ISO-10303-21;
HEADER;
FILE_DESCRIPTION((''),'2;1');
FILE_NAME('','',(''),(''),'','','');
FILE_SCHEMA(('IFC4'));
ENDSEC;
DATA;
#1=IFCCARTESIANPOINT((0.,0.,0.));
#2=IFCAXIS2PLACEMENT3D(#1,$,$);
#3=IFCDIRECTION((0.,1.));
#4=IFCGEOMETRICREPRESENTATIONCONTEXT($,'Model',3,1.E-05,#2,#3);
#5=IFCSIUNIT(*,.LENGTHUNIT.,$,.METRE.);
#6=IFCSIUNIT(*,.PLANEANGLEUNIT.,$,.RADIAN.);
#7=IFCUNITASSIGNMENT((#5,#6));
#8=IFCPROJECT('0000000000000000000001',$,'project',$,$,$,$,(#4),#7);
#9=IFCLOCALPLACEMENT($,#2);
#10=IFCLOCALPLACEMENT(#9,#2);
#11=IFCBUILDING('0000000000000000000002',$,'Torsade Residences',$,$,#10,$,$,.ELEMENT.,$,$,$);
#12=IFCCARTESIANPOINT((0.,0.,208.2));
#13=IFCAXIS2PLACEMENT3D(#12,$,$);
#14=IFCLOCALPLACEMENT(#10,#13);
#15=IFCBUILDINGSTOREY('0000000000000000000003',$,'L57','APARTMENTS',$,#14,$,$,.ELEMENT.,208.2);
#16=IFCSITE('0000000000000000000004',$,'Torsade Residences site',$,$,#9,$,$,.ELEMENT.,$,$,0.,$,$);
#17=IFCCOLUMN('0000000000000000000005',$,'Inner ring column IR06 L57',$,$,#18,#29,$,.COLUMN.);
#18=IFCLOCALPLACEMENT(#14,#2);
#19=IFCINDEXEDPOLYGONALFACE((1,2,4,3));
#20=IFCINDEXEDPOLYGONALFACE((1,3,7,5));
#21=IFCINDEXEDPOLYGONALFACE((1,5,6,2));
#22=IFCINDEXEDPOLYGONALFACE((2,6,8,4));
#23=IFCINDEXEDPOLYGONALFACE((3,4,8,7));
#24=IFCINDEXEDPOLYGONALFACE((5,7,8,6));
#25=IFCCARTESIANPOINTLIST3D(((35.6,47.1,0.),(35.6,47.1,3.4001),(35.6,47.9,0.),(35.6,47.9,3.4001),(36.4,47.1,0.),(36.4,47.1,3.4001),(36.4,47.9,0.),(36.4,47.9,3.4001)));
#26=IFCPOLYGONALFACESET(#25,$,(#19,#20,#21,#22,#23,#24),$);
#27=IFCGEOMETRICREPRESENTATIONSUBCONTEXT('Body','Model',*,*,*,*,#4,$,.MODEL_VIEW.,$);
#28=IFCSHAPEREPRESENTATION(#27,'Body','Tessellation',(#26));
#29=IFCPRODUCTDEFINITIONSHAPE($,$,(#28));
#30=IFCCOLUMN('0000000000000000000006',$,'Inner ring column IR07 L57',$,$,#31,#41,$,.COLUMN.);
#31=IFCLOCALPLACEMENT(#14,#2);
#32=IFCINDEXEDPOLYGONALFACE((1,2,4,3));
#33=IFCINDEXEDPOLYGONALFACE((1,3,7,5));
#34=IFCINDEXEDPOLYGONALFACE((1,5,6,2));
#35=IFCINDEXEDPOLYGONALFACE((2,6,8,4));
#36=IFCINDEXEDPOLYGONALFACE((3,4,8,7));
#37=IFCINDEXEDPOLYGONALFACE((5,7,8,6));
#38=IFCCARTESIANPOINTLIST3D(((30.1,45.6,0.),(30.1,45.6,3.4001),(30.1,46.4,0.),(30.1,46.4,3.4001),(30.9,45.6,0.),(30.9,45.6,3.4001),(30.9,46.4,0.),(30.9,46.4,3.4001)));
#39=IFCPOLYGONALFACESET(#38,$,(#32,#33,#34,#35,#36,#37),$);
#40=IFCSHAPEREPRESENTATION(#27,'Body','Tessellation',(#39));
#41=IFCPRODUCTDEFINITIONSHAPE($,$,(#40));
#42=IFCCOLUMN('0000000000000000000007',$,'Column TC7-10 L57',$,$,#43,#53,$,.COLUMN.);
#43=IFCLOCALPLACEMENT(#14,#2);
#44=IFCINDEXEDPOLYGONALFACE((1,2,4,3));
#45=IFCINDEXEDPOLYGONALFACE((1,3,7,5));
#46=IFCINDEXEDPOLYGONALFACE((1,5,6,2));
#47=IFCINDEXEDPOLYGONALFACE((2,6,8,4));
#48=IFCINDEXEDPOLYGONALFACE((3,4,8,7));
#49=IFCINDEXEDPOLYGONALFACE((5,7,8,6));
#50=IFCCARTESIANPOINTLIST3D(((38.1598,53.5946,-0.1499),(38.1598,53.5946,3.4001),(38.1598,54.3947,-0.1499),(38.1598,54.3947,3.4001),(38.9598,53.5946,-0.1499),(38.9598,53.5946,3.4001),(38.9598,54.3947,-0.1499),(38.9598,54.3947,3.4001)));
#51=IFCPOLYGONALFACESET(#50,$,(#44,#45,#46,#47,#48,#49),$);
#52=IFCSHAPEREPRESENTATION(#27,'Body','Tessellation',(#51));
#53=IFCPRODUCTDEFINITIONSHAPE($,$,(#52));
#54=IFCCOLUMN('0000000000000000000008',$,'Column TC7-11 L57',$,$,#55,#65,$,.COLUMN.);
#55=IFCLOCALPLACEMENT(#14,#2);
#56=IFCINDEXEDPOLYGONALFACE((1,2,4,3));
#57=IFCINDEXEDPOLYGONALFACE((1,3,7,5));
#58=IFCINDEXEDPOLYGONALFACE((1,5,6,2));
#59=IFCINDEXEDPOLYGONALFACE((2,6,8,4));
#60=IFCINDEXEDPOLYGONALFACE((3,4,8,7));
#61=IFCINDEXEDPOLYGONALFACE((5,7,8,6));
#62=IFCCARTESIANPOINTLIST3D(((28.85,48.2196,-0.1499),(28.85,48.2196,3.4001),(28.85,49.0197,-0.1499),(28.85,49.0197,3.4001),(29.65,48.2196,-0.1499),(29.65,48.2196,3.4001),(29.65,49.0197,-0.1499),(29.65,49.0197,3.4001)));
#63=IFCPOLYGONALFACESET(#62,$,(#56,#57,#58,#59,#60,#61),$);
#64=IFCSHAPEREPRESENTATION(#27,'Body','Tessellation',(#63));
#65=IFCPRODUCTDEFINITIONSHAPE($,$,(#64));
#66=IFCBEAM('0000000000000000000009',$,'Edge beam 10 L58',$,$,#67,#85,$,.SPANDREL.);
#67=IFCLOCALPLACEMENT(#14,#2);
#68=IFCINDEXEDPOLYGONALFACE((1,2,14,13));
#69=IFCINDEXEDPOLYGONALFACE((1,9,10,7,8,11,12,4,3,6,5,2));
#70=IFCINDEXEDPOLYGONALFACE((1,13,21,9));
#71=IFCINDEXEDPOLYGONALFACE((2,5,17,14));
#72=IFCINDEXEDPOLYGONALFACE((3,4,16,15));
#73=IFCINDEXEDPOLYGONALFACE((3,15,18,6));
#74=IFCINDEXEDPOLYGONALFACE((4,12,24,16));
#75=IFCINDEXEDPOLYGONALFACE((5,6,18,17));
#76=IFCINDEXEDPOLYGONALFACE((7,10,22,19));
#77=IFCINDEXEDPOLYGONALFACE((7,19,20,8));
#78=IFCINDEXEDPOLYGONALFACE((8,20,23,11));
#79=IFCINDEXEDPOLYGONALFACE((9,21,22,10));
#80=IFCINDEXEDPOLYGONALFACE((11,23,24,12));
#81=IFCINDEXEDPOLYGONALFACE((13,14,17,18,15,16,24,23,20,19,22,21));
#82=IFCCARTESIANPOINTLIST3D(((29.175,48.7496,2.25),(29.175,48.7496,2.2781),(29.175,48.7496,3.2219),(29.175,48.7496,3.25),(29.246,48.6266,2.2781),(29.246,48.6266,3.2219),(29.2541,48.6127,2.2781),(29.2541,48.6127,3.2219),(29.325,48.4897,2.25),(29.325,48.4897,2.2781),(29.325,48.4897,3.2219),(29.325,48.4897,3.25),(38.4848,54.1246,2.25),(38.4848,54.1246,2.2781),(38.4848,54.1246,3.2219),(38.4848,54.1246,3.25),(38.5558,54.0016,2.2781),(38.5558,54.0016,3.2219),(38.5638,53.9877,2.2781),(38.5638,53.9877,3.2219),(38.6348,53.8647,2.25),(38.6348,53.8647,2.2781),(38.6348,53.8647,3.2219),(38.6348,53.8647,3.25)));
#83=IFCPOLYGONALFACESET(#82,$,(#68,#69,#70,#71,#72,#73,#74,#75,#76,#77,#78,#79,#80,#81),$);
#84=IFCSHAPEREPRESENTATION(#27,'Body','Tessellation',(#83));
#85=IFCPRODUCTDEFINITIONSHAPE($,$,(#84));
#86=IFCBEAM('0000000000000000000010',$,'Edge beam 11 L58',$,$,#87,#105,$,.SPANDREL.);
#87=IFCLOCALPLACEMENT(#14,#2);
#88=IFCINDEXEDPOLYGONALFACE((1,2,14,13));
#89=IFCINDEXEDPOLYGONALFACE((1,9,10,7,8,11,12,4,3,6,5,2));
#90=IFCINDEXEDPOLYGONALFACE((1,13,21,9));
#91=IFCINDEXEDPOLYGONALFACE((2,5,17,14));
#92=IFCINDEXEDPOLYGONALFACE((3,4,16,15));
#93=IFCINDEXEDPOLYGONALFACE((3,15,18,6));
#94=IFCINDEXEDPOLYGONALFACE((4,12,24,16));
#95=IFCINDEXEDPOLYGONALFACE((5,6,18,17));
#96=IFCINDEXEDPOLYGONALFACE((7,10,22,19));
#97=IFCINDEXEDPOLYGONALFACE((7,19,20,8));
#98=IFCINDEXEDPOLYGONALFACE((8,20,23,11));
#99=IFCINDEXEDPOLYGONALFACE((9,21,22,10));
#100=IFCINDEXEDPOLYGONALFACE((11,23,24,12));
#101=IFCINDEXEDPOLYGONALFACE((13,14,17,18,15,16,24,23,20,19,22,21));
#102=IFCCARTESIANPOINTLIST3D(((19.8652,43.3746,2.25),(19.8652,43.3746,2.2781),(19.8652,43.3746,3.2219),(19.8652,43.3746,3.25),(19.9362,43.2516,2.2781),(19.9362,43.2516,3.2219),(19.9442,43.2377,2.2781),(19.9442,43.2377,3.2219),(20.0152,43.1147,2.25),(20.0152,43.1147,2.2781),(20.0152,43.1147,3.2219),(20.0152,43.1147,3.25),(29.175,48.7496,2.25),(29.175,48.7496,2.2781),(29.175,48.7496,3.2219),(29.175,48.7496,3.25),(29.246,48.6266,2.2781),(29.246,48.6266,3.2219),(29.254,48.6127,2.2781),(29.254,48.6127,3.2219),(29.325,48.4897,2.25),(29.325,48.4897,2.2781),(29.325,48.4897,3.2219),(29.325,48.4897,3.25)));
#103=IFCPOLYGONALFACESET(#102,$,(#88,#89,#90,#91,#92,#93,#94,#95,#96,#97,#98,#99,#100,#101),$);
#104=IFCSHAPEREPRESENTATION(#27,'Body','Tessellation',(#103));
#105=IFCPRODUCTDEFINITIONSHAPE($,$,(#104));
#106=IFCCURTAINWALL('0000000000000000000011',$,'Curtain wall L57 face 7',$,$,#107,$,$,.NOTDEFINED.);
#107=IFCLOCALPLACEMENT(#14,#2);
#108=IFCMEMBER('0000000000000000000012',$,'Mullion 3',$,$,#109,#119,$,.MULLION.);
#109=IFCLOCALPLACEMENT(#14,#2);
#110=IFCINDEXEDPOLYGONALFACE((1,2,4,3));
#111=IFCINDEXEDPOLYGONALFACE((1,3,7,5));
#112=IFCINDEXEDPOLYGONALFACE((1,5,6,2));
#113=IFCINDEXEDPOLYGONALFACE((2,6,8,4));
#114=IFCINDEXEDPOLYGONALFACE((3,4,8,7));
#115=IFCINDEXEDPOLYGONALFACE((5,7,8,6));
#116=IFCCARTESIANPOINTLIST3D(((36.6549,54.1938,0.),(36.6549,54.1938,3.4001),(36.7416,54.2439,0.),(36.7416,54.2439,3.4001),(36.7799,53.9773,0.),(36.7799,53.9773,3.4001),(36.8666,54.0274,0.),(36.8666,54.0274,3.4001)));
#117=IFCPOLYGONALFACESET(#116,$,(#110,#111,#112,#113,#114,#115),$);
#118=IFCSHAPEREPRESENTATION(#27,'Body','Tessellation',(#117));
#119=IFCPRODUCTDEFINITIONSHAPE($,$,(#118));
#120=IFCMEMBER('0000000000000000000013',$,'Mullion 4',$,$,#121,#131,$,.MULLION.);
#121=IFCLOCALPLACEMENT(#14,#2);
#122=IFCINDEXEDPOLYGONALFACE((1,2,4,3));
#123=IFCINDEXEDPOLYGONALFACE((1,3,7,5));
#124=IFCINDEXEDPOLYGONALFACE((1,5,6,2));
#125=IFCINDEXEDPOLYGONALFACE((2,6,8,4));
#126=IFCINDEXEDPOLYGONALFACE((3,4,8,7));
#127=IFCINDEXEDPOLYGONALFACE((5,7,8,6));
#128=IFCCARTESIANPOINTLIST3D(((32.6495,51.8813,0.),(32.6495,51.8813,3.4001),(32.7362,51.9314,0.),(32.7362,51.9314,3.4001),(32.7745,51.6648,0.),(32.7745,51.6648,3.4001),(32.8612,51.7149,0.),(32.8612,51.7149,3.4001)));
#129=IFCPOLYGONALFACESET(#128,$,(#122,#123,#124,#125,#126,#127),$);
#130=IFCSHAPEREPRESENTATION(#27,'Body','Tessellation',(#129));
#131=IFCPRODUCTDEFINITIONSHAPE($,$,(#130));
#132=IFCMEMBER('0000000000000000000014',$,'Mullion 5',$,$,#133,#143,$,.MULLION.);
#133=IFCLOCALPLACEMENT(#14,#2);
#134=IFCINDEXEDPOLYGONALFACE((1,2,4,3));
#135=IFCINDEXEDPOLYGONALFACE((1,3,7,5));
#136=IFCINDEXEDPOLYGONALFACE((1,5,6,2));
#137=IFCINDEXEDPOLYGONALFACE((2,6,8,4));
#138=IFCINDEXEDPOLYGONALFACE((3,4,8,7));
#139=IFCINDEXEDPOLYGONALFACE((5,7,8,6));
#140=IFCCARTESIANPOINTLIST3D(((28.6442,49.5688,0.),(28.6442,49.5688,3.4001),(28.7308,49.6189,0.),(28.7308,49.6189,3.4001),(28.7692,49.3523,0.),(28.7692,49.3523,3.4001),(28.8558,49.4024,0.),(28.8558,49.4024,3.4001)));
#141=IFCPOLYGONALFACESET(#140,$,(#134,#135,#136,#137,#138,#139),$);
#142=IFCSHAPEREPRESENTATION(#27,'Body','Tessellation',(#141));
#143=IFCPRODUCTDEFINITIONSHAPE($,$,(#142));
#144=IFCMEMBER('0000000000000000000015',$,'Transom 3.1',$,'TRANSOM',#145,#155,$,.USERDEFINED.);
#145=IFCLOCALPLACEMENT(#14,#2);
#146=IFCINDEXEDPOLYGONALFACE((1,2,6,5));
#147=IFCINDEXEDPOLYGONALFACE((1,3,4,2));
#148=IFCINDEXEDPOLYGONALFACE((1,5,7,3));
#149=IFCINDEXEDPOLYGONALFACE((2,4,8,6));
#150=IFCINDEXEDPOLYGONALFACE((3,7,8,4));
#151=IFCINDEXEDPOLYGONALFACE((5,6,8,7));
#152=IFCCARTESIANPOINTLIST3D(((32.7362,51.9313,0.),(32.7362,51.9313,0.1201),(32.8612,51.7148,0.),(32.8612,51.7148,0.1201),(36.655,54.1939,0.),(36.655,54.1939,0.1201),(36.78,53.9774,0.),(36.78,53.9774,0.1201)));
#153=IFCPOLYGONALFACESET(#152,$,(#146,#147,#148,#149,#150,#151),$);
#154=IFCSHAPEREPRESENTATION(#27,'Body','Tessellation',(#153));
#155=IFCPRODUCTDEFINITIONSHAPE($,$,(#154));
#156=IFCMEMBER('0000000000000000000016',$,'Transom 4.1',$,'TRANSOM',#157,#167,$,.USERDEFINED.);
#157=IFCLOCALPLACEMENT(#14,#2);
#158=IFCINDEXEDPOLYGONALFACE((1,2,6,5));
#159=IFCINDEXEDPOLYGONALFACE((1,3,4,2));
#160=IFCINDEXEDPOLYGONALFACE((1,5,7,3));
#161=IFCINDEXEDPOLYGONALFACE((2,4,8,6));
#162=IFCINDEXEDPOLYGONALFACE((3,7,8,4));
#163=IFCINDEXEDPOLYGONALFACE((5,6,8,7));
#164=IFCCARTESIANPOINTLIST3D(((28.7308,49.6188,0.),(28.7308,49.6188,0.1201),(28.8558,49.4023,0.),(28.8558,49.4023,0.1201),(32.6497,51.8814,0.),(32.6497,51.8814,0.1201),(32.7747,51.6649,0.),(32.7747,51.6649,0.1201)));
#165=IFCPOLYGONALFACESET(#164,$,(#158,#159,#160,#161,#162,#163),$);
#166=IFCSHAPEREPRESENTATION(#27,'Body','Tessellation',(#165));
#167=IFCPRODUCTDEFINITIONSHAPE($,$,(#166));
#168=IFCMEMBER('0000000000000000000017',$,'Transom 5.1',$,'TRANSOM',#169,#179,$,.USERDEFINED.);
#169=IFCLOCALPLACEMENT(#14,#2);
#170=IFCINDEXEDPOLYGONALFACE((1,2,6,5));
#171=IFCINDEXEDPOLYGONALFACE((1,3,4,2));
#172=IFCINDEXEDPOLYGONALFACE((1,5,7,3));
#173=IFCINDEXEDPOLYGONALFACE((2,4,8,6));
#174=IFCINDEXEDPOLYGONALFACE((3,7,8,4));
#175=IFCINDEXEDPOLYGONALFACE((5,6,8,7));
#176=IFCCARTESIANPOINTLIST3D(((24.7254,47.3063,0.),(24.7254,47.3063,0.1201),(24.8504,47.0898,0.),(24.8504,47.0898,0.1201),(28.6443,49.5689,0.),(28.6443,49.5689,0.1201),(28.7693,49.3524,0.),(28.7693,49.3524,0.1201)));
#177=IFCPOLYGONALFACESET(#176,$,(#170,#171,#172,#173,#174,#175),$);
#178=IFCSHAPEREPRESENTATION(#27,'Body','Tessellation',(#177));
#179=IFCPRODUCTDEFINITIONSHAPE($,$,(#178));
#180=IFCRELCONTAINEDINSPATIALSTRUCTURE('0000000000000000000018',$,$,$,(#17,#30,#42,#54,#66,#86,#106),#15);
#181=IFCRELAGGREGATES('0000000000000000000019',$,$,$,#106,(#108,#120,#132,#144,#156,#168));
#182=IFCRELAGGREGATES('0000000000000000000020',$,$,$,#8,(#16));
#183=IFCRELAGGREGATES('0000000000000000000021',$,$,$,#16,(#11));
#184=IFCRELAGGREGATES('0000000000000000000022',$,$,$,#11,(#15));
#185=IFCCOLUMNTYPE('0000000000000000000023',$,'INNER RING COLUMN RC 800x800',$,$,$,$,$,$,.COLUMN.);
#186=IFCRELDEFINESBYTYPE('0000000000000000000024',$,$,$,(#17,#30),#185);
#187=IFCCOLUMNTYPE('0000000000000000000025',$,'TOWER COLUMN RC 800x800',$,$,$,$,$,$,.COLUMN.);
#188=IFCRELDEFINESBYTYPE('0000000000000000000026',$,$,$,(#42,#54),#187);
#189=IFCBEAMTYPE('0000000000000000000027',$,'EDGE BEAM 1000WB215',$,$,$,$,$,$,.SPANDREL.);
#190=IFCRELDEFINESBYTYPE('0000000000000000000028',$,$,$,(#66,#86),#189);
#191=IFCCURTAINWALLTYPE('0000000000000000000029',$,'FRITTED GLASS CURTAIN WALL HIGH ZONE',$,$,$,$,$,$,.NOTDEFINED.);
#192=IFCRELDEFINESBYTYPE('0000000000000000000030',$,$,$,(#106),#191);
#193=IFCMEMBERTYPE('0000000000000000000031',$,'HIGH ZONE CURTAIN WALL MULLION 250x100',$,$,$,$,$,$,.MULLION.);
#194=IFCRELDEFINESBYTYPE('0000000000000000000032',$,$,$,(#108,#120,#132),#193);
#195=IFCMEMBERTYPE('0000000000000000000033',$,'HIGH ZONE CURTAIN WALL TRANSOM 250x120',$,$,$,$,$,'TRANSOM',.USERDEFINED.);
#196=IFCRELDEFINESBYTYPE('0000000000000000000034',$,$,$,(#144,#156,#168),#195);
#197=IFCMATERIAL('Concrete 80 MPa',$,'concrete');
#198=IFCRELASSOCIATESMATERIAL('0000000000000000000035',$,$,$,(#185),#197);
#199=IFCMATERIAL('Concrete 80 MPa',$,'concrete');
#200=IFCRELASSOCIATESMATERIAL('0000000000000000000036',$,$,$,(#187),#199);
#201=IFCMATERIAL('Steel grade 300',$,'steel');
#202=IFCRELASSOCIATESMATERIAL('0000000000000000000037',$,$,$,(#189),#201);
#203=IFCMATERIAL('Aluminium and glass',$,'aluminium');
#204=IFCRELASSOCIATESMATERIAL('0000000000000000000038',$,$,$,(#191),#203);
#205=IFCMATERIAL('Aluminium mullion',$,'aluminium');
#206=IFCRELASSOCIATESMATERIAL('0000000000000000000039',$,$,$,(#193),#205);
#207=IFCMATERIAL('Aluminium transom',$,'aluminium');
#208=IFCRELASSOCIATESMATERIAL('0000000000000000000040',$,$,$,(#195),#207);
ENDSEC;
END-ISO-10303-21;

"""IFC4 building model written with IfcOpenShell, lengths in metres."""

from ifc_helpers import new_model, si_unit, direction, frame, origin, origin_2d, place, context, subcontext, project, spatial, rectangle, i_section, extrude, material, material_profile, profile_set, type_object, element, aggregate, save


model = new_model("IFC4")

# Units and contexts
model_context = context("Model", 3, precision=1e-05, world=origin(), true_north=direction((0.0, 1.0)))
body_context = subcontext(model_context, "Body", "Model", "MODEL_VIEW")
ifc_project = project(units=[si_unit("LENGTHUNIT", "METRE"), si_unit("PLANEANGLEUNIT", "RADIAN")], contexts=[model_context])

# Site, building, storey
site_placement = place(None, origin())
site = spatial("IfcSite", under=ifc_project, at=site_placement, Name="Torsade Residences site", CompositionType="ELEMENT", RefElevation=0.0)
building_placement = place(site_placement, origin())
building = spatial("IfcBuilding", under=site, at=building_placement, Name="Torsade Residences", CompositionType="ELEMENT")
storey_placement = place(building_placement, frame((0.0, 0.0, 208.2)))
storey = spatial("IfcBuildingStorey", under=building, at=storey_placement, Name="L57", Description="APARTMENTS", CompositionType="ELEMENT", Elevation=208.2)

# Columns
ifc_material_1 = material(Name="Concrete 80 MPa", Category="concrete")
ifc_material_profile_1 = material_profile(ifc_material_1, rectangle(XDim=0.8, YDim=0.8, at=origin_2d()), Name="RC 800x800")
ifc_profile_set_1 = profile_set([ifc_material_profile_1], Name="Concrete 80 MPa")
column_type_1 = type_object("IfcColumnType", Name="INNER RING COLUMN RC 800x800", PredefinedType="COLUMN", material=ifc_profile_set_1)
for number, where, z_axis, x_axis, name in (
    (1, (36.0, 47.5, 0.0), (0.0, 0.0, 1.0), (1.0, 0.0, 0.0), "Inner ring column IR06 L57"),
    (2, (30.5, 46.0, 0.0), (0.0, 0.0, 1.0), (1.0, 0.0, 0.0), "Inner ring column IR07 L57"),
):
    element("IfcColumn", number, at=place(storey_placement, frame(where, z_axis=z_axis, x_axis=x_axis)), inside=storey, type_object=column_type_1, Name=name, PredefinedType="COLUMN", context=body_context, shape_type="SweptSolid", body=[
        extrude(rectangle(XDim=0.8, YDim=0.8, at=origin_2d()), origin(), (0.0, 0.0, 1.0), 3.4001),
    ])
ifc_material_2 = material(Name="Concrete 80 MPa", Category="concrete")
ifc_material_profile_2 = material_profile(ifc_material_2, rectangle(XDim=0.8, YDim=0.8, at=origin_2d()), Name="RC 800x800")
ifc_profile_set_2 = profile_set([ifc_material_profile_2], Name="Concrete 80 MPa")
column_type_2 = type_object("IfcColumnType", Name="TOWER COLUMN RC 800x800", PredefinedType="COLUMN", material=ifc_profile_set_2)
for number, where, z_axis, x_axis, name in (
    (3, (38.5598, 53.9946, -0.1499), (0.0, 0.0, 1.0), (1.0, 0.0, 0.0), "Column TC7-10 L57"),
    (4, (29.25, 48.6196, -0.1499), (0.0, 0.0, 1.0), (1.0, 0.0, 0.0), "Column TC7-11 L57"),
):
    element("IfcColumn", number, at=place(storey_placement, frame(where, z_axis=z_axis, x_axis=x_axis)), inside=storey, type_object=column_type_2, Name=name, PredefinedType="COLUMN", context=body_context, shape_type="SweptSolid", body=[
        extrude(rectangle(XDim=0.8, YDim=0.8, at=origin_2d()), origin(), (0.0, 0.0, 1.0), 3.55),
    ])

# Beams
ifc_material_3 = material(Name="Steel grade 300", Category="steel")
ifc_material_profile_3 = material_profile(ifc_material_3, i_section(OverallWidth=0.3, OverallDepth=1.0, WebThickness=0.0161, FlangeThickness=0.0281, at=origin_2d()), Name="1000WB215")
ifc_profile_set_3 = profile_set([ifc_material_profile_3], Name="Steel grade 300")
beam_type_1 = type_object("IfcBeamType", Name="EDGE BEAM 1000WB215", PredefinedType="SPANDREL", material=ifc_profile_set_3)
for number, where, z_axis, x_axis, name in (
    (5, (38.5598, 53.9946, 2.75), (-0.866026, -0.499998, 0.0), (0.499998, -0.866026, 0.0), "Edge beam 10 L58"),
    (6, (29.25, 48.6196, 2.75), (-0.866026, -0.499998, 0.0), (0.499998, -0.866026, 0.0), "Edge beam 11 L58"),
):
    element("IfcBeam", number, at=place(storey_placement, frame(where, z_axis=z_axis, x_axis=x_axis)), inside=storey, type_object=beam_type_1, Name=name, PredefinedType="SPANDREL", context=body_context, shape_type="SweptSolid", body=[
        extrude(i_section(OverallWidth=0.3, OverallDepth=1.0, WebThickness=0.0161, FlangeThickness=0.0281, at=origin_2d()), origin(), (0.0, 0.0, 1.0), 10.75),
    ])

# Curtain wall, members
ifc_material_4 = material(Name="Aluminium and glass", Category="aluminium")
curtain_wall_type = type_object("IfcCurtainWallType", Name="FRITTED GLASS CURTAIN WALL HIGH ZONE", PredefinedType="NOTDEFINED", material=ifc_material_4)
curtain_wall_placement = place(storey_placement, origin())
curtain_wall = element("IfcCurtainWall", 7, at=curtain_wall_placement, inside=storey, type_object=curtain_wall_type, Name="Curtain wall L57 face 7", PredefinedType="NOTDEFINED")
ifc_material_5 = material(Name="Aluminium mullion", Category="aluminium")
ifc_material_profile_4 = material_profile(ifc_material_5, rectangle(XDim=0.25, YDim=0.1001, at=origin_2d()), Name="HIGH ZONE CURTAIN WALL MULLION 250x100")
ifc_profile_set_4 = profile_set([ifc_material_profile_4], Name="Aluminium mullion")
member_type_1 = type_object("IfcMemberType", Name="HIGH ZONE CURTAIN WALL MULLION 250x100", PredefinedType="MULLION", material=ifc_profile_set_4)
member_1_placement = place(storey_placement, frame((36.7607, 54.1106, 0.0), z_axis=(0.0, 0.0, 1.0), x_axis=(0.5, -0.866025, 0.0)))
member_1 = element("IfcMember", 8, at=member_1_placement, type_object=member_type_1, Name="Mullion 3", PredefinedType="MULLION", context=body_context, shape_type="SweptSolid", body=[
    extrude(rectangle(XDim=0.25, YDim=0.1001, at=origin_2d()), origin(), (0.0, 0.0, 1.0), 3.4001),
])
member_2_placement = place(storey_placement, frame((32.7554, 51.7981, 0.0), z_axis=(0.0, 0.0, 1.0), x_axis=(0.5, -0.866025, 0.0)))
member_2 = element("IfcMember", 9, at=member_2_placement, type_object=member_type_1, Name="Mullion 4", PredefinedType="MULLION", context=body_context, shape_type="SweptSolid", body=[
    extrude(rectangle(XDim=0.25, YDim=0.1001, at=origin_2d()), origin(), (0.0, 0.0, 1.0), 3.4001),
])
member_3_placement = place(storey_placement, frame((28.75, 49.4856, 0.0), z_axis=(0.0, 0.0, 1.0), x_axis=(0.5, -0.866025, 0.0)))
member_3 = element("IfcMember", 10, at=member_3_placement, type_object=member_type_1, Name="Mullion 5", PredefinedType="MULLION", context=body_context, shape_type="SweptSolid", body=[
    extrude(rectangle(XDim=0.25, YDim=0.1001, at=origin_2d()), origin(), (0.0, 0.0, 1.0), 3.4001),
])
ifc_material_6 = material(Name="Aluminium transom", Category="aluminium")
ifc_material_profile_5 = material_profile(ifc_material_6, rectangle(XDim=0.25, YDim=0.1201, at=origin_2d()), Name="HIGH ZONE CURTAIN WALL TRANSOM 250x120")
ifc_profile_set_5 = profile_set([ifc_material_profile_5], Name="Aluminium transom")
member_type_2 = type_object("IfcMemberType", Name="HIGH ZONE CURTAIN WALL TRANSOM 250x120", ElementType="TRANSOM", PredefinedType="USERDEFINED", material=ifc_profile_set_5)
member_4_placement = place(storey_placement, frame((36.7175, 54.0857, 0.0601), z_axis=(-0.866017, -0.500015, 0.0), x_axis=(0.500015, -0.866017, 0.0)))
member_4 = element("IfcMember", 11, at=member_4_placement, type_object=member_type_2, Name="Transom 3.1", ObjectType="TRANSOM", PredefinedType="USERDEFINED", context=body_context, shape_type="SweptSolid", body=[
    extrude(rectangle(XDim=0.25, YDim=0.1201, at=origin_2d()), origin(), (0.0, 0.0, 1.0), 4.5251),
])
member_5_placement = place(storey_placement, frame((32.7122, 51.7732, 0.0601), z_axis=(-0.866017, -0.500015, 0.0), x_axis=(0.500015, -0.866017, 0.0)))
member_5 = element("IfcMember", 12, at=member_5_placement, type_object=member_type_2, Name="Transom 4.1", ObjectType="TRANSOM", PredefinedType="USERDEFINED", context=body_context, shape_type="SweptSolid", body=[
    extrude(rectangle(XDim=0.25, YDim=0.1201, at=origin_2d()), origin(), (0.0, 0.0, 1.0), 4.5251),
])
member_6_placement = place(storey_placement, frame((28.7068, 49.4607, 0.0601), z_axis=(-0.866017, -0.500015, 0.0), x_axis=(0.500015, -0.866017, 0.0)))
member_6 = element("IfcMember", 13, at=member_6_placement, type_object=member_type_2, Name="Transom 5.1", ObjectType="TRANSOM", PredefinedType="USERDEFINED", context=body_context, shape_type="SweptSolid", body=[
    extrude(rectangle(XDim=0.25, YDim=0.1201, at=origin_2d()), origin(), (0.0, 0.0, 1.0), 4.5251),
])

aggregate(curtain_wall, [member_1, member_2, member_3, member_4, member_5, member_6])

save(model, "model.ifc")
